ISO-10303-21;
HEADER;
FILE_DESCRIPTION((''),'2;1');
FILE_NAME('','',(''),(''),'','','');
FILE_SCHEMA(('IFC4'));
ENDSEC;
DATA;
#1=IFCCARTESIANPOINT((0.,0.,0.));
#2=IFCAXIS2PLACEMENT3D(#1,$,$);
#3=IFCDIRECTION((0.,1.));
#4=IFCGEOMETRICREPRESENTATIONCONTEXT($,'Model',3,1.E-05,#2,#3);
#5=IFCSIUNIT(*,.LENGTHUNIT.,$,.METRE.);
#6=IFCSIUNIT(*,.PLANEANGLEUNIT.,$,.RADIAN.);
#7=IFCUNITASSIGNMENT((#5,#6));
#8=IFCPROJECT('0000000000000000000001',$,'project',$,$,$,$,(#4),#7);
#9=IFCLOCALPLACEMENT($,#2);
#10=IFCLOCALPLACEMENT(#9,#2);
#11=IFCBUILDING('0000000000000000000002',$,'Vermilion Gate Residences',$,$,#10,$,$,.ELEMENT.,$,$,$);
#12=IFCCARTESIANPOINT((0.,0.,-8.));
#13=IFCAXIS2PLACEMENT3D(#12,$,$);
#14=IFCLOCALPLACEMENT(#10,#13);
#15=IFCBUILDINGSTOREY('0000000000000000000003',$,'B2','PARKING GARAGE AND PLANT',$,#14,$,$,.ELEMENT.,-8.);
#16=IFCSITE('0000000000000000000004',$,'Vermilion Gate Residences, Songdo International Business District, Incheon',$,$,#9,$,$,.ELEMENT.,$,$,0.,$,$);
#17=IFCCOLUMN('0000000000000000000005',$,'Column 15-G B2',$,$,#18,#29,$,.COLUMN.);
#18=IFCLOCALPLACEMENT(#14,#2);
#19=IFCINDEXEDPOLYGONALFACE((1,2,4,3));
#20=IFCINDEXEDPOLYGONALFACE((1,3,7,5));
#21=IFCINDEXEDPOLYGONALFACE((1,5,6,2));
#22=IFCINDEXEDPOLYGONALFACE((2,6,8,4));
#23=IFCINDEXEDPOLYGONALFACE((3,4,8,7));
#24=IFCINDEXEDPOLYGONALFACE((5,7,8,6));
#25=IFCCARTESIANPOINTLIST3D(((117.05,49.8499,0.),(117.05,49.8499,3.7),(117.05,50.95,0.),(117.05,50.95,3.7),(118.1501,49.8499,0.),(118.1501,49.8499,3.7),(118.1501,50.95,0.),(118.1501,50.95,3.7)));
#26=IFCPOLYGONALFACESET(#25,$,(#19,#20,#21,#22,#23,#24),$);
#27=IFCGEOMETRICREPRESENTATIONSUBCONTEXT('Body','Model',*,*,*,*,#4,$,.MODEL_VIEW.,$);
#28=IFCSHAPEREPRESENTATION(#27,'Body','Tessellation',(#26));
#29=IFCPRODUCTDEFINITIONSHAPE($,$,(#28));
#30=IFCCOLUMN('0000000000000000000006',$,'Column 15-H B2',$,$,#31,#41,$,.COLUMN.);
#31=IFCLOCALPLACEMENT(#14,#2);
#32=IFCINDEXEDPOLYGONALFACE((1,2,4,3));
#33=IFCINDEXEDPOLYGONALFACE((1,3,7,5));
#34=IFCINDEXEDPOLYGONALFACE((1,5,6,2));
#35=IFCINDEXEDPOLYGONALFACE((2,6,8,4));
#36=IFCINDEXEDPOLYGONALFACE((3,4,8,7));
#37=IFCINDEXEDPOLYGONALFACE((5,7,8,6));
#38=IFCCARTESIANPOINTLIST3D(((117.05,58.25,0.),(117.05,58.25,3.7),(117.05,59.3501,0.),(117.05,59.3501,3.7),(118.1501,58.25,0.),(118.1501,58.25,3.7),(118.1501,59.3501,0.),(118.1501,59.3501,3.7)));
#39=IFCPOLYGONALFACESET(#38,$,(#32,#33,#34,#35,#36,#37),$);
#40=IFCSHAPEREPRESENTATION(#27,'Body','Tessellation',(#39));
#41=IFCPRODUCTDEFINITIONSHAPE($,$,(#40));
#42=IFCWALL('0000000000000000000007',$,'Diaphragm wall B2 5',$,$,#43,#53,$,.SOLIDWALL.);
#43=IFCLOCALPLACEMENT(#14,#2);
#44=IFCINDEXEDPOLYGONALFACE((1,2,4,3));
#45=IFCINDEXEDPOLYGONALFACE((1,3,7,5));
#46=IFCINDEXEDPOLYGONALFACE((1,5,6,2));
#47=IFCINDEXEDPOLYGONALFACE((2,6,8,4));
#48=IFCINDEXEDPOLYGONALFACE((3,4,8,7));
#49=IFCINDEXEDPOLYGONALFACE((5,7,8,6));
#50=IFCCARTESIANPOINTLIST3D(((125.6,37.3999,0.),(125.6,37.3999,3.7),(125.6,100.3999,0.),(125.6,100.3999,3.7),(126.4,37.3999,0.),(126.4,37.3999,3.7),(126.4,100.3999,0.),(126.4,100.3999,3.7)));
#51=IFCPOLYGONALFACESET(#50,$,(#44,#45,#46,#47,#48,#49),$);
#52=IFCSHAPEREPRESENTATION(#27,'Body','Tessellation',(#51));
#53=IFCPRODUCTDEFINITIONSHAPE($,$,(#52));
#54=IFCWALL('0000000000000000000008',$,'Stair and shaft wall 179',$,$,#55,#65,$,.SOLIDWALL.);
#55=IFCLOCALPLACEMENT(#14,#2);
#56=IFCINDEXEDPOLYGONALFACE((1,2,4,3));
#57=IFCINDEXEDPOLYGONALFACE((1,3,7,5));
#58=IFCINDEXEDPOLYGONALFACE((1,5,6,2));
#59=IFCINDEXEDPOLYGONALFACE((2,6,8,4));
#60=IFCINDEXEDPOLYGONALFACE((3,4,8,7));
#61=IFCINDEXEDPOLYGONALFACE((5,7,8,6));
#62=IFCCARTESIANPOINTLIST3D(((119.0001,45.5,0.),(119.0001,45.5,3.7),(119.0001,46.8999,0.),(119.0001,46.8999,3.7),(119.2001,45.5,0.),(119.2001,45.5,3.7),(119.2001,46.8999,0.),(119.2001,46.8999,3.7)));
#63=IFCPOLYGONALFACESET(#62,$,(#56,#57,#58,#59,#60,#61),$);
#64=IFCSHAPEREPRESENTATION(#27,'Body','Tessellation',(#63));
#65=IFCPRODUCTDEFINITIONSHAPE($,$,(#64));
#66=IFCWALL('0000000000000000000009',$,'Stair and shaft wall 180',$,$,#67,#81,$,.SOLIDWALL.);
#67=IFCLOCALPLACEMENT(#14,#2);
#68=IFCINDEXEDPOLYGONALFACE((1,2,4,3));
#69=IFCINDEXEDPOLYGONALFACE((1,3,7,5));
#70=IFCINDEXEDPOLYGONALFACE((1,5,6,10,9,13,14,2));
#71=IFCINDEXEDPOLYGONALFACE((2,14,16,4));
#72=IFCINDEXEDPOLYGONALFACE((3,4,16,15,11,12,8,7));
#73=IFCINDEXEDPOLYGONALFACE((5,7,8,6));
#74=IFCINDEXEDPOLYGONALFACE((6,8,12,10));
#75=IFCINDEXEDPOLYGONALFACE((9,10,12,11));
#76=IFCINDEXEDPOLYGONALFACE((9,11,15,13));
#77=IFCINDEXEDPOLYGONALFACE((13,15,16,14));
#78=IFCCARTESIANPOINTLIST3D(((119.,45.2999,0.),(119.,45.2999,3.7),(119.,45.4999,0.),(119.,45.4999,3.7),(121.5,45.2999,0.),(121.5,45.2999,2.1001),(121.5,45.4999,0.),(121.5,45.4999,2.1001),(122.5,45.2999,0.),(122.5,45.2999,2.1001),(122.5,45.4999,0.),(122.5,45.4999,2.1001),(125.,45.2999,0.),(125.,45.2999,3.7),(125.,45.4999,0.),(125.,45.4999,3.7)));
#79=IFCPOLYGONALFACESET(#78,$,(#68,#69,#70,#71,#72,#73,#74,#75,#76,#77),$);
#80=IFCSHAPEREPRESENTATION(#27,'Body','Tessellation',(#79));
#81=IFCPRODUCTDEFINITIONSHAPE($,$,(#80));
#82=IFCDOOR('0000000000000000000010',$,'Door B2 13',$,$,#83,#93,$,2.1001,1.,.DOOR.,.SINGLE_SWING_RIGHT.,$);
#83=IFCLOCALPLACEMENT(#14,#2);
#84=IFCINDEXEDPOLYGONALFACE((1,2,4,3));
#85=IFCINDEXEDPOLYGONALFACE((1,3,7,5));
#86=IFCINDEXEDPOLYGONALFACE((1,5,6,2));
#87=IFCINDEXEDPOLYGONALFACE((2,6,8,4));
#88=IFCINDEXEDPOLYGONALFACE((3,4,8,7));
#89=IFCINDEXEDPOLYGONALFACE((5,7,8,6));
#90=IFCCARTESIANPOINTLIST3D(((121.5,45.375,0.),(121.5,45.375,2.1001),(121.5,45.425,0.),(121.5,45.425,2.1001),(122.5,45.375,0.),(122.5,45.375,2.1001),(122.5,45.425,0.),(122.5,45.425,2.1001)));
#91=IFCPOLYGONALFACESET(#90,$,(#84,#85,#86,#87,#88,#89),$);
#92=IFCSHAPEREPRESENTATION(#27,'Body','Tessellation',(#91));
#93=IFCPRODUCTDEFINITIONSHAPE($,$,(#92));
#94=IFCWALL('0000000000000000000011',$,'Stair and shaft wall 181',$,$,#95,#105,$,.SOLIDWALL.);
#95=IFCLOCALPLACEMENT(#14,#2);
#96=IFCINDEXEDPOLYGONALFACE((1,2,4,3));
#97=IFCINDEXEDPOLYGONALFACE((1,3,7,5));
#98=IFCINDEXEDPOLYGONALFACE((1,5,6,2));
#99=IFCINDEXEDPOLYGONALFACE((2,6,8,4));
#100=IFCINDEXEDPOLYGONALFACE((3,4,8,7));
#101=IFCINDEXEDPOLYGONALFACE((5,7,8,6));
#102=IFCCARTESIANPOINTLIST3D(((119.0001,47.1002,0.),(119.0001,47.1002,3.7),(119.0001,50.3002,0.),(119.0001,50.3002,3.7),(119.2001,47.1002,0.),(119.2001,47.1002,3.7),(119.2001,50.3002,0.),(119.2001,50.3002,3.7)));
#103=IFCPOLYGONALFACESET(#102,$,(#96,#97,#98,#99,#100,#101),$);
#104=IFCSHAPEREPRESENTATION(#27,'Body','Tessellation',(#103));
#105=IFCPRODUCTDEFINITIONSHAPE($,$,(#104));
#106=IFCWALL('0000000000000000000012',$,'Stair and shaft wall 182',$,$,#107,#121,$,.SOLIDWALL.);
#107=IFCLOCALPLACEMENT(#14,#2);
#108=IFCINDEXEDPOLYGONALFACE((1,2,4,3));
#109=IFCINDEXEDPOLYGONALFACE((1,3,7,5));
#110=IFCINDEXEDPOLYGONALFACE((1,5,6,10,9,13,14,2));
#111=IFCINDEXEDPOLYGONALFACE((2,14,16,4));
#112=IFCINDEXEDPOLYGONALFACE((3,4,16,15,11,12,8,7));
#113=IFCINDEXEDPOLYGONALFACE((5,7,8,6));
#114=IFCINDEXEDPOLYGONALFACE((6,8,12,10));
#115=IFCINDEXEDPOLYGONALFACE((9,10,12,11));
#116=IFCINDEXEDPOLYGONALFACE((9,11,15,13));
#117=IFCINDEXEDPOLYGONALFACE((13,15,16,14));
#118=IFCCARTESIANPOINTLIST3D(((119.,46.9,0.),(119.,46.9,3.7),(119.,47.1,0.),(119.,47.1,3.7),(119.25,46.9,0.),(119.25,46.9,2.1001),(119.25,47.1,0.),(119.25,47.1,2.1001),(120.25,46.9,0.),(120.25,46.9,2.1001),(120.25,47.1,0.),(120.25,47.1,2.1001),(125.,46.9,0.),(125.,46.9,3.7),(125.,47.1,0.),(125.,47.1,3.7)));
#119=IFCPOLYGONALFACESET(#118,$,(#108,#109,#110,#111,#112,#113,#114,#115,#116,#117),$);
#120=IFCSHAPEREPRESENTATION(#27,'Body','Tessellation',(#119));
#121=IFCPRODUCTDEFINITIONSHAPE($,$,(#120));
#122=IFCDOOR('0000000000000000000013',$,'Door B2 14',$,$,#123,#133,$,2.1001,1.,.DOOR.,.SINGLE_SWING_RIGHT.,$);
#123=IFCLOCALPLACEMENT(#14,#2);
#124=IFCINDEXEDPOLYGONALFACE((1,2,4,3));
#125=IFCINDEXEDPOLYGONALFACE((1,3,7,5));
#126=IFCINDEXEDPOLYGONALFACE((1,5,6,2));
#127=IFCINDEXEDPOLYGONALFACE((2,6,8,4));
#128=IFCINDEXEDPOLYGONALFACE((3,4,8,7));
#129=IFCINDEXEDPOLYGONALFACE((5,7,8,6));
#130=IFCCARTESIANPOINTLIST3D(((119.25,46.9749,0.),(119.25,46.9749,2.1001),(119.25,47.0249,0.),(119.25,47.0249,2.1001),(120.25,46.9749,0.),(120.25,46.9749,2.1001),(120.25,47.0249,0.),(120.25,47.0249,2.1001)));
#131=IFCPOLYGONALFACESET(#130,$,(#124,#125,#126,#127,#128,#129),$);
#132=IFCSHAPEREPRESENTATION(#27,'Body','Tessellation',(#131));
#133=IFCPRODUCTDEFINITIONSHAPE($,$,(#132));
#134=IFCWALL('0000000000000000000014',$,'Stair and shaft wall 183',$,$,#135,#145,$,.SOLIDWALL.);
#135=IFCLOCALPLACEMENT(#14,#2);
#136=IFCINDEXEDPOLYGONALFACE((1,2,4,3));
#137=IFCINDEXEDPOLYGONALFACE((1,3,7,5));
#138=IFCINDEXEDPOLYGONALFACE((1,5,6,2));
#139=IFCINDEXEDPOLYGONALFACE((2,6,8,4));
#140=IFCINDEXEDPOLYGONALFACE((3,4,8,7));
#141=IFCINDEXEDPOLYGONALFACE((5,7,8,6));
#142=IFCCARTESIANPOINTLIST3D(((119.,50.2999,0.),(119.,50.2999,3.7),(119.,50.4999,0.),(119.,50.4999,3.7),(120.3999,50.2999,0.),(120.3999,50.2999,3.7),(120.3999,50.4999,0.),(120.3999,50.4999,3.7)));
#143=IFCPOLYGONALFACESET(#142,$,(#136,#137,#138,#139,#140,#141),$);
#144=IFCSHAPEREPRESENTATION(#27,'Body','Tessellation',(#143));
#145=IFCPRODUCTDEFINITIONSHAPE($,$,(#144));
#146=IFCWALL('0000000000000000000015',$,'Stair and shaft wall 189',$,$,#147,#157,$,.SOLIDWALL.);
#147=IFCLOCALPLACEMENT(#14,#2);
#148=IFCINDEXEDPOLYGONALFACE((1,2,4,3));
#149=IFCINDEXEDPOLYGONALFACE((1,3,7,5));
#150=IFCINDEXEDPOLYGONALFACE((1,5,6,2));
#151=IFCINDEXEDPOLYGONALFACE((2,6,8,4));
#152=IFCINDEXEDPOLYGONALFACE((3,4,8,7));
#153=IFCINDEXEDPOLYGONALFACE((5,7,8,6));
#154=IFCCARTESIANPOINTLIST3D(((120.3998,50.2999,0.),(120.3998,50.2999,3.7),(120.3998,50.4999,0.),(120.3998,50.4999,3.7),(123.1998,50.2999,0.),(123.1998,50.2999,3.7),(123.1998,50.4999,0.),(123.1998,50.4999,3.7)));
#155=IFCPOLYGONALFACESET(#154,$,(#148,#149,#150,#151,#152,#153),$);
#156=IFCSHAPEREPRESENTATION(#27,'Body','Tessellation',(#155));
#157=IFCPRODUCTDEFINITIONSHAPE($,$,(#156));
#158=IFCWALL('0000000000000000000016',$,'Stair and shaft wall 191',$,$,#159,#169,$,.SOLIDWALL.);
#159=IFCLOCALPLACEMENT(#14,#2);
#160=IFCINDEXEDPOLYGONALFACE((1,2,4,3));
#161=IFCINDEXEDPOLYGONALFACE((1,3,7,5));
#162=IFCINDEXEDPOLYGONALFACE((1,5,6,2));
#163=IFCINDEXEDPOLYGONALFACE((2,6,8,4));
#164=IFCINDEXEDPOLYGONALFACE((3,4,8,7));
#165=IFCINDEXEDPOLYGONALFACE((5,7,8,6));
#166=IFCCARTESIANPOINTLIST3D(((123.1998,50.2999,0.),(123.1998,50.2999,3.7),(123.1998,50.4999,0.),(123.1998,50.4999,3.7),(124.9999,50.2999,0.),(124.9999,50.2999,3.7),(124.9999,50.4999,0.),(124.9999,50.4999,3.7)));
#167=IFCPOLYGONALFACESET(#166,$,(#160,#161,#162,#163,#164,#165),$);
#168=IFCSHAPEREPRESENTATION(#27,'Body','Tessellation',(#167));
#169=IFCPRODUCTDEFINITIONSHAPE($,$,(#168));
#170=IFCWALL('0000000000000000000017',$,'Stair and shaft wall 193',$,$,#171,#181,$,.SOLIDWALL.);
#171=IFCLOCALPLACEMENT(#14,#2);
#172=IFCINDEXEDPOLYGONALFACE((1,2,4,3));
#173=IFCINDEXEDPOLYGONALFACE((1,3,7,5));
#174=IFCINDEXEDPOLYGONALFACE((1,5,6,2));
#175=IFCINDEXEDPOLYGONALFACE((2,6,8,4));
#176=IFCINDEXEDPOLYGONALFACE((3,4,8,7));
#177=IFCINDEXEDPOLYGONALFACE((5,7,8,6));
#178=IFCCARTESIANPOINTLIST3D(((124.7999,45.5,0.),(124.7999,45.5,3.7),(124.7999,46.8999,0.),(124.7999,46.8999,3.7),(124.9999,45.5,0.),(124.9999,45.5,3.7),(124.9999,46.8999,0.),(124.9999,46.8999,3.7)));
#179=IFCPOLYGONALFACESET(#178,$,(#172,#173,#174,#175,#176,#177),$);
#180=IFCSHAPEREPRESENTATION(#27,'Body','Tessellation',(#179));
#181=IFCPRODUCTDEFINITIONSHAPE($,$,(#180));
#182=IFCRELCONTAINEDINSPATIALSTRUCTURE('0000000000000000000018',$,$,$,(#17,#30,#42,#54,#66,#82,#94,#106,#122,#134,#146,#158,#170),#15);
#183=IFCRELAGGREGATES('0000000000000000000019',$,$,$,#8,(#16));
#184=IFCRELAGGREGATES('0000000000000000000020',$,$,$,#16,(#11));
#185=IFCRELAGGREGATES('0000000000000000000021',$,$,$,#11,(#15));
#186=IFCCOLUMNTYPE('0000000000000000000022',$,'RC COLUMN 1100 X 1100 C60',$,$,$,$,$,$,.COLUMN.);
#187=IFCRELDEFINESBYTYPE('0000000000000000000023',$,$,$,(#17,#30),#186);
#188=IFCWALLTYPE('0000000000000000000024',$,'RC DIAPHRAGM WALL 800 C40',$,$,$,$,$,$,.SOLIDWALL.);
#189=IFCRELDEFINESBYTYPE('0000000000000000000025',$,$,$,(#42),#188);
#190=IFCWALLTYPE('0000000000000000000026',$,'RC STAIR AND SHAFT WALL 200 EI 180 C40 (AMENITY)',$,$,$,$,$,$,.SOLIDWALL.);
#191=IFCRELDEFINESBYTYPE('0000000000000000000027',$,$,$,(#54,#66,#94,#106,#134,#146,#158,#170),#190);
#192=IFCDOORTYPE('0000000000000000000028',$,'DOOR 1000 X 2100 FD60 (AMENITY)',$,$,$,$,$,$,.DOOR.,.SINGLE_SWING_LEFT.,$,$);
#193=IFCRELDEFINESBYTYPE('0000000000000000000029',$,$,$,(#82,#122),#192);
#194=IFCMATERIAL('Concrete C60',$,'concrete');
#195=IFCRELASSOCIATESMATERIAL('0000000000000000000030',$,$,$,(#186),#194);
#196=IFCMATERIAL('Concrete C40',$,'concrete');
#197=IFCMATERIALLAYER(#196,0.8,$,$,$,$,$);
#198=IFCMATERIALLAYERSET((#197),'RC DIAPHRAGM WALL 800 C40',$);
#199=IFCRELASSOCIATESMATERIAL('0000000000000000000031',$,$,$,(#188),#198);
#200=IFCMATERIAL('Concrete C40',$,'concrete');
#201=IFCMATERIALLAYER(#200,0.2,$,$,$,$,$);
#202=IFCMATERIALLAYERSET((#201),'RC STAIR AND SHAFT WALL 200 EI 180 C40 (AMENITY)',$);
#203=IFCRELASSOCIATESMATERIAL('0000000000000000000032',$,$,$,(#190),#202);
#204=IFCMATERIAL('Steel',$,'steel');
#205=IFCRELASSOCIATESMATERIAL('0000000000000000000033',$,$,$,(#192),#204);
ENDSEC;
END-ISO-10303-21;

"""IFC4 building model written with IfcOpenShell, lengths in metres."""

from ifc_helpers import new_model, si_unit, direction, frame, frame_2d, origin, origin_2d, place, context, subcontext, project, spatial, rectangle, extrude, material, layer, layer_set, material_profile, profile_set, type_object, element, fill, save


model = new_model("IFC4")

# Units and contexts
model_context = context("Model", 3, precision=1e-05, world=origin(), true_north=direction((0.0, 1.0)))
body_context = subcontext(model_context, "Body", "Model", "MODEL_VIEW")
ifc_project = project(units=[si_unit("LENGTHUNIT", "METRE"), si_unit("PLANEANGLEUNIT", "RADIAN")], contexts=[model_context])

# Site, building, storey
site_placement = place(None, origin())
site = spatial("IfcSite", under=ifc_project, at=site_placement, Name="Vermilion Gate Residences, Songdo International Business District, Incheon", CompositionType="ELEMENT", RefElevation=0.0)
building_placement = place(site_placement, origin())
building = spatial("IfcBuilding", under=site, at=building_placement, Name="Vermilion Gate Residences", CompositionType="ELEMENT")
storey_placement = place(building_placement, frame((0.0, 0.0, -8.0)))
storey = spatial("IfcBuildingStorey", under=building, at=storey_placement, Name="B2", Description="PARKING GARAGE AND PLANT", CompositionType="ELEMENT", Elevation=-8.0)

# Columns
ifc_material_1 = material(Name="Concrete C60", Category="concrete")
ifc_material_profile_1 = material_profile(ifc_material_1, rectangle(XDim=1.1001, YDim=1.1001, at=origin_2d()), Name="RC-1100x1100")
ifc_profile_set_1 = profile_set([ifc_material_profile_1], Name="Concrete C60")
column_type = type_object("IfcColumnType", Name="RC COLUMN 1100 X 1100 C60", PredefinedType="COLUMN", material=ifc_profile_set_1)
for number, where, z_axis, x_axis, name in (
    (1, (117.6001, 50.3999, 0.0), (0.0, 0.0, 1.0), (1.0, 0.0, 0.0), "Column 15-G B2"),
    (2, (117.6001, 58.8, 0.0), (0.0, 0.0, 1.0), (1.0, 0.0, 0.0), "Column 15-H B2"),
):
    element("IfcColumn", number, at=place(storey_placement, frame(where, z_axis=z_axis, x_axis=x_axis)), inside=storey, type_object=column_type, Name=name, PredefinedType="COLUMN", context=body_context, shape_type="SweptSolid", body=[
        extrude(rectangle(XDim=1.1001, YDim=1.1001, at=origin_2d()), origin(), (0.0, 0.0, 1.0), 3.7),
    ])

# Walls
ifc_material_2 = material(Name="Concrete C40", Category="concrete")
ifc_layer_1 = layer(ifc_material_2, 0.8)
ifc_layer_set_1 = layer_set([ifc_layer_1], Name="RC DIAPHRAGM WALL 800 C40")
wall_type_1 = type_object("IfcWallType", Name="RC DIAPHRAGM WALL 800 C40", PredefinedType="SOLIDWALL", material=ifc_layer_set_1)
wall_1_placement = place(storey_placement, frame((126.0, 37.3999, 0.0), z_axis=(0.0, 0.0, 1.0), x_axis=(0.0, 1.0, 0.0)))
element("IfcWall", 3, at=wall_1_placement, inside=storey, type_object=wall_type_1, Name="Diaphragm wall B2 5", PredefinedType="SOLIDWALL", context=body_context, shape_type="SweptSolid", body=[
    extrude(rectangle(XDim=63.0, YDim=0.8, at=frame_2d((31.5, 0.0))), origin(), (0.0, 0.0, 1.0), 3.7),
])
ifc_material_3 = material(Name="Concrete C40", Category="concrete")
ifc_layer_2 = layer(ifc_material_3, 0.2)
ifc_layer_set_2 = layer_set([ifc_layer_2], Name="RC STAIR AND SHAFT WALL 200 EI 180 C40 (AMENITY)")
wall_type_2 = type_object("IfcWallType", Name="RC STAIR AND SHAFT WALL 200 EI 180 C40 (AMENITY)", PredefinedType="SOLIDWALL", material=ifc_layer_set_2)
wall_2_placement = place(storey_placement, frame((119.1001, 45.5, 0.0), z_axis=(0.0, 0.0, 1.0), x_axis=(0.0, 1.0, 0.0)))
element("IfcWall", 4, at=wall_2_placement, inside=storey, type_object=wall_type_2, Name="Stair and shaft wall 179", PredefinedType="SOLIDWALL", context=body_context, shape_type="SweptSolid", body=[
    extrude(rectangle(XDim=1.3999, YDim=0.2, at=frame_2d((0.7, 0.0))), origin(), (0.0, 0.0, 1.0), 3.7),
])

# Wall, opening, door
wall_3_placement = place(storey_placement, frame((119.0, 45.3999, 0.0), z_axis=(0.0, 0.0, 1.0), x_axis=(1.0, 0.0, 0.0)))
wall_3 = element("IfcWall", 5, at=wall_3_placement, inside=storey, type_object=wall_type_2, Name="Stair and shaft wall 180", PredefinedType="SOLIDWALL", context=body_context, shape_type="SweptSolid", body=[
    extrude(rectangle(XDim=6.0, YDim=0.2, at=frame_2d((3.0, 0.0))), origin(), (0.0, 0.0, 1.0), 3.7),
])
opening_1_placement = place(wall_3_placement, frame((2.5, 0.0, 0.0)))
opening_1 = element("IfcOpeningElement", 6, at=opening_1_placement, cuts=wall_3, PredefinedType="OPENING", context=body_context, shape_type="SweptSolid", body=[
    extrude(rectangle(XDim=1.0, YDim=2.1001, at=frame_2d((0.5, 1.05))), frame((0.0, 0.1099, 0.0), z_axis=(0.0, -1.0, 0.0), x_axis=(1.0, 0.0, 0.0)), (0.0, 0.0, 1.0), 0.22),
])
ifc_material_4 = material(Name="Steel", Category="steel")
door_type = type_object("IfcDoorType", Name="DOOR 1000 X 2100 FD60 (AMENITY)", OperationType="SINGLE_SWING_LEFT", PredefinedType="DOOR", material=ifc_material_4)
door_1_placement = place(opening_1_placement, frame((1.0, 0.0, 0.0), z_axis=(0.0, 0.0, 1.0), x_axis=(-1.0, 0.0, 0.0)))
door_1 = element("IfcDoor", 7, at=door_1_placement, inside=storey, type_object=door_type, Name="Door B2 13", OperationType="SINGLE_SWING_RIGHT", OverallHeight=2.1001, OverallWidth=1.0, PredefinedType="DOOR", context=body_context, shape_type="SweptSolid", body=[
    extrude(rectangle(XDim=1.0, YDim=2.1001, at=frame_2d((0.5, 1.05))), frame((0.0, 0.0249, 0.0), z_axis=(0.0, -1.0, 0.0), x_axis=(1.0, 0.0, 0.0)), (0.0, 0.0, 1.0), 0.05),
])
fill(opening_1, door_1)

# Wall
wall_4_placement = place(storey_placement, frame((119.1001, 47.1001, 0.0), z_axis=(0.0, 0.0, 1.0), x_axis=(0.0, 1.0, 0.0)))
element("IfcWall", 8, at=wall_4_placement, inside=storey, type_object=wall_type_2, Name="Stair and shaft wall 181", PredefinedType="SOLIDWALL", context=body_context, shape_type="SweptSolid", body=[
    extrude(rectangle(XDim=3.2, YDim=0.2, at=frame_2d((1.6001, 0.0))), origin(), (0.0, 0.0, 1.0), 3.7),
])

# Wall, opening, door
wall_5_placement = place(storey_placement, frame((119.0, 47.0, 0.0), z_axis=(0.0, 0.0, 1.0), x_axis=(1.0, 0.0, 0.0)))
wall_5 = element("IfcWall", 9, at=wall_5_placement, inside=storey, type_object=wall_type_2, Name="Stair and shaft wall 182", PredefinedType="SOLIDWALL", context=body_context, shape_type="SweptSolid", body=[
    extrude(rectangle(XDim=6.0, YDim=0.2, at=frame_2d((3.0, 0.0))), origin(), (0.0, 0.0, 1.0), 3.7),
])
opening_2_placement = place(wall_5_placement, frame((0.25, 0.0, 0.0)))
opening_2 = element("IfcOpeningElement", 10, at=opening_2_placement, cuts=wall_5, PredefinedType="OPENING", context=body_context, shape_type="SweptSolid", body=[
    extrude(rectangle(XDim=1.0, YDim=2.1001, at=frame_2d((0.5, 1.05))), frame((0.0, 0.1099, 0.0), z_axis=(0.0, -1.0, 0.0), x_axis=(1.0, 0.0, 0.0)), (0.0, 0.0, 1.0), 0.22),
])
door_2_placement = place(opening_2_placement, origin())
door_2 = element("IfcDoor", 11, at=door_2_placement, inside=storey, type_object=door_type, Name="Door B2 14", OperationType="SINGLE_SWING_RIGHT", OverallHeight=2.1001, OverallWidth=1.0, PredefinedType="DOOR", context=body_context, shape_type="SweptSolid", body=[
    extrude(rectangle(XDim=1.0, YDim=2.1001, at=frame_2d((0.5, 1.05))), frame((0.0, 0.0249, 0.0), z_axis=(0.0, -1.0, 0.0), x_axis=(1.0, 0.0, 0.0)), (0.0, 0.0, 1.0), 0.05),
])
fill(opening_2, door_2)

# Walls
wall_6_placement = place(storey_placement, frame((119.0, 50.3999, 0.0), z_axis=(0.0, 0.0, 1.0), x_axis=(1.0, 0.0, 0.0)))
element("IfcWall", 12, at=wall_6_placement, inside=storey, type_object=wall_type_2, Name="Stair and shaft wall 183", PredefinedType="SOLIDWALL", context=body_context, shape_type="SweptSolid", body=[
    extrude(rectangle(XDim=1.3999, YDim=0.2, at=frame_2d((0.7, 0.0))), origin(), (0.0, 0.0, 1.0), 3.7),
])
wall_7_placement = place(storey_placement, frame((120.3999, 50.3999, 0.0), z_axis=(0.0, 0.0, 1.0), x_axis=(1.0, 0.0, 0.0)))
element("IfcWall", 13, at=wall_7_placement, inside=storey, type_object=wall_type_2, Name="Stair and shaft wall 189", PredefinedType="SOLIDWALL", context=body_context, shape_type="SweptSolid", body=[
    extrude(rectangle(XDim=2.8, YDim=0.2, at=frame_2d((1.3999, 0.0))), origin(), (0.0, 0.0, 1.0), 3.7),
])
wall_8_placement = place(storey_placement, frame((123.2, 50.3999, 0.0), z_axis=(0.0, 0.0, 1.0), x_axis=(1.0, 0.0, 0.0)))
element("IfcWall", 14, at=wall_8_placement, inside=storey, type_object=wall_type_2, Name="Stair and shaft wall 191", PredefinedType="SOLIDWALL", context=body_context, shape_type="SweptSolid", body=[
    extrude(rectangle(XDim=1.8, YDim=0.2, at=frame_2d((0.8999, 0.0))), origin(), (0.0, 0.0, 1.0), 3.7),
])
wall_9_placement = place(storey_placement, frame((124.8999, 45.5, 0.0), z_axis=(0.0, 0.0, 1.0), x_axis=(0.0, 1.0, 0.0)))
element("IfcWall", 15, at=wall_9_placement, inside=storey, type_object=wall_type_2, Name="Stair and shaft wall 193", PredefinedType="SOLIDWALL", context=body_context, shape_type="SweptSolid", body=[
    extrude(rectangle(XDim=1.3999, YDim=0.2, at=frame_2d((0.7, 0.0))), origin(), (0.0, 0.0, 1.0), 3.7),
])

save(model, "model.ifc")
